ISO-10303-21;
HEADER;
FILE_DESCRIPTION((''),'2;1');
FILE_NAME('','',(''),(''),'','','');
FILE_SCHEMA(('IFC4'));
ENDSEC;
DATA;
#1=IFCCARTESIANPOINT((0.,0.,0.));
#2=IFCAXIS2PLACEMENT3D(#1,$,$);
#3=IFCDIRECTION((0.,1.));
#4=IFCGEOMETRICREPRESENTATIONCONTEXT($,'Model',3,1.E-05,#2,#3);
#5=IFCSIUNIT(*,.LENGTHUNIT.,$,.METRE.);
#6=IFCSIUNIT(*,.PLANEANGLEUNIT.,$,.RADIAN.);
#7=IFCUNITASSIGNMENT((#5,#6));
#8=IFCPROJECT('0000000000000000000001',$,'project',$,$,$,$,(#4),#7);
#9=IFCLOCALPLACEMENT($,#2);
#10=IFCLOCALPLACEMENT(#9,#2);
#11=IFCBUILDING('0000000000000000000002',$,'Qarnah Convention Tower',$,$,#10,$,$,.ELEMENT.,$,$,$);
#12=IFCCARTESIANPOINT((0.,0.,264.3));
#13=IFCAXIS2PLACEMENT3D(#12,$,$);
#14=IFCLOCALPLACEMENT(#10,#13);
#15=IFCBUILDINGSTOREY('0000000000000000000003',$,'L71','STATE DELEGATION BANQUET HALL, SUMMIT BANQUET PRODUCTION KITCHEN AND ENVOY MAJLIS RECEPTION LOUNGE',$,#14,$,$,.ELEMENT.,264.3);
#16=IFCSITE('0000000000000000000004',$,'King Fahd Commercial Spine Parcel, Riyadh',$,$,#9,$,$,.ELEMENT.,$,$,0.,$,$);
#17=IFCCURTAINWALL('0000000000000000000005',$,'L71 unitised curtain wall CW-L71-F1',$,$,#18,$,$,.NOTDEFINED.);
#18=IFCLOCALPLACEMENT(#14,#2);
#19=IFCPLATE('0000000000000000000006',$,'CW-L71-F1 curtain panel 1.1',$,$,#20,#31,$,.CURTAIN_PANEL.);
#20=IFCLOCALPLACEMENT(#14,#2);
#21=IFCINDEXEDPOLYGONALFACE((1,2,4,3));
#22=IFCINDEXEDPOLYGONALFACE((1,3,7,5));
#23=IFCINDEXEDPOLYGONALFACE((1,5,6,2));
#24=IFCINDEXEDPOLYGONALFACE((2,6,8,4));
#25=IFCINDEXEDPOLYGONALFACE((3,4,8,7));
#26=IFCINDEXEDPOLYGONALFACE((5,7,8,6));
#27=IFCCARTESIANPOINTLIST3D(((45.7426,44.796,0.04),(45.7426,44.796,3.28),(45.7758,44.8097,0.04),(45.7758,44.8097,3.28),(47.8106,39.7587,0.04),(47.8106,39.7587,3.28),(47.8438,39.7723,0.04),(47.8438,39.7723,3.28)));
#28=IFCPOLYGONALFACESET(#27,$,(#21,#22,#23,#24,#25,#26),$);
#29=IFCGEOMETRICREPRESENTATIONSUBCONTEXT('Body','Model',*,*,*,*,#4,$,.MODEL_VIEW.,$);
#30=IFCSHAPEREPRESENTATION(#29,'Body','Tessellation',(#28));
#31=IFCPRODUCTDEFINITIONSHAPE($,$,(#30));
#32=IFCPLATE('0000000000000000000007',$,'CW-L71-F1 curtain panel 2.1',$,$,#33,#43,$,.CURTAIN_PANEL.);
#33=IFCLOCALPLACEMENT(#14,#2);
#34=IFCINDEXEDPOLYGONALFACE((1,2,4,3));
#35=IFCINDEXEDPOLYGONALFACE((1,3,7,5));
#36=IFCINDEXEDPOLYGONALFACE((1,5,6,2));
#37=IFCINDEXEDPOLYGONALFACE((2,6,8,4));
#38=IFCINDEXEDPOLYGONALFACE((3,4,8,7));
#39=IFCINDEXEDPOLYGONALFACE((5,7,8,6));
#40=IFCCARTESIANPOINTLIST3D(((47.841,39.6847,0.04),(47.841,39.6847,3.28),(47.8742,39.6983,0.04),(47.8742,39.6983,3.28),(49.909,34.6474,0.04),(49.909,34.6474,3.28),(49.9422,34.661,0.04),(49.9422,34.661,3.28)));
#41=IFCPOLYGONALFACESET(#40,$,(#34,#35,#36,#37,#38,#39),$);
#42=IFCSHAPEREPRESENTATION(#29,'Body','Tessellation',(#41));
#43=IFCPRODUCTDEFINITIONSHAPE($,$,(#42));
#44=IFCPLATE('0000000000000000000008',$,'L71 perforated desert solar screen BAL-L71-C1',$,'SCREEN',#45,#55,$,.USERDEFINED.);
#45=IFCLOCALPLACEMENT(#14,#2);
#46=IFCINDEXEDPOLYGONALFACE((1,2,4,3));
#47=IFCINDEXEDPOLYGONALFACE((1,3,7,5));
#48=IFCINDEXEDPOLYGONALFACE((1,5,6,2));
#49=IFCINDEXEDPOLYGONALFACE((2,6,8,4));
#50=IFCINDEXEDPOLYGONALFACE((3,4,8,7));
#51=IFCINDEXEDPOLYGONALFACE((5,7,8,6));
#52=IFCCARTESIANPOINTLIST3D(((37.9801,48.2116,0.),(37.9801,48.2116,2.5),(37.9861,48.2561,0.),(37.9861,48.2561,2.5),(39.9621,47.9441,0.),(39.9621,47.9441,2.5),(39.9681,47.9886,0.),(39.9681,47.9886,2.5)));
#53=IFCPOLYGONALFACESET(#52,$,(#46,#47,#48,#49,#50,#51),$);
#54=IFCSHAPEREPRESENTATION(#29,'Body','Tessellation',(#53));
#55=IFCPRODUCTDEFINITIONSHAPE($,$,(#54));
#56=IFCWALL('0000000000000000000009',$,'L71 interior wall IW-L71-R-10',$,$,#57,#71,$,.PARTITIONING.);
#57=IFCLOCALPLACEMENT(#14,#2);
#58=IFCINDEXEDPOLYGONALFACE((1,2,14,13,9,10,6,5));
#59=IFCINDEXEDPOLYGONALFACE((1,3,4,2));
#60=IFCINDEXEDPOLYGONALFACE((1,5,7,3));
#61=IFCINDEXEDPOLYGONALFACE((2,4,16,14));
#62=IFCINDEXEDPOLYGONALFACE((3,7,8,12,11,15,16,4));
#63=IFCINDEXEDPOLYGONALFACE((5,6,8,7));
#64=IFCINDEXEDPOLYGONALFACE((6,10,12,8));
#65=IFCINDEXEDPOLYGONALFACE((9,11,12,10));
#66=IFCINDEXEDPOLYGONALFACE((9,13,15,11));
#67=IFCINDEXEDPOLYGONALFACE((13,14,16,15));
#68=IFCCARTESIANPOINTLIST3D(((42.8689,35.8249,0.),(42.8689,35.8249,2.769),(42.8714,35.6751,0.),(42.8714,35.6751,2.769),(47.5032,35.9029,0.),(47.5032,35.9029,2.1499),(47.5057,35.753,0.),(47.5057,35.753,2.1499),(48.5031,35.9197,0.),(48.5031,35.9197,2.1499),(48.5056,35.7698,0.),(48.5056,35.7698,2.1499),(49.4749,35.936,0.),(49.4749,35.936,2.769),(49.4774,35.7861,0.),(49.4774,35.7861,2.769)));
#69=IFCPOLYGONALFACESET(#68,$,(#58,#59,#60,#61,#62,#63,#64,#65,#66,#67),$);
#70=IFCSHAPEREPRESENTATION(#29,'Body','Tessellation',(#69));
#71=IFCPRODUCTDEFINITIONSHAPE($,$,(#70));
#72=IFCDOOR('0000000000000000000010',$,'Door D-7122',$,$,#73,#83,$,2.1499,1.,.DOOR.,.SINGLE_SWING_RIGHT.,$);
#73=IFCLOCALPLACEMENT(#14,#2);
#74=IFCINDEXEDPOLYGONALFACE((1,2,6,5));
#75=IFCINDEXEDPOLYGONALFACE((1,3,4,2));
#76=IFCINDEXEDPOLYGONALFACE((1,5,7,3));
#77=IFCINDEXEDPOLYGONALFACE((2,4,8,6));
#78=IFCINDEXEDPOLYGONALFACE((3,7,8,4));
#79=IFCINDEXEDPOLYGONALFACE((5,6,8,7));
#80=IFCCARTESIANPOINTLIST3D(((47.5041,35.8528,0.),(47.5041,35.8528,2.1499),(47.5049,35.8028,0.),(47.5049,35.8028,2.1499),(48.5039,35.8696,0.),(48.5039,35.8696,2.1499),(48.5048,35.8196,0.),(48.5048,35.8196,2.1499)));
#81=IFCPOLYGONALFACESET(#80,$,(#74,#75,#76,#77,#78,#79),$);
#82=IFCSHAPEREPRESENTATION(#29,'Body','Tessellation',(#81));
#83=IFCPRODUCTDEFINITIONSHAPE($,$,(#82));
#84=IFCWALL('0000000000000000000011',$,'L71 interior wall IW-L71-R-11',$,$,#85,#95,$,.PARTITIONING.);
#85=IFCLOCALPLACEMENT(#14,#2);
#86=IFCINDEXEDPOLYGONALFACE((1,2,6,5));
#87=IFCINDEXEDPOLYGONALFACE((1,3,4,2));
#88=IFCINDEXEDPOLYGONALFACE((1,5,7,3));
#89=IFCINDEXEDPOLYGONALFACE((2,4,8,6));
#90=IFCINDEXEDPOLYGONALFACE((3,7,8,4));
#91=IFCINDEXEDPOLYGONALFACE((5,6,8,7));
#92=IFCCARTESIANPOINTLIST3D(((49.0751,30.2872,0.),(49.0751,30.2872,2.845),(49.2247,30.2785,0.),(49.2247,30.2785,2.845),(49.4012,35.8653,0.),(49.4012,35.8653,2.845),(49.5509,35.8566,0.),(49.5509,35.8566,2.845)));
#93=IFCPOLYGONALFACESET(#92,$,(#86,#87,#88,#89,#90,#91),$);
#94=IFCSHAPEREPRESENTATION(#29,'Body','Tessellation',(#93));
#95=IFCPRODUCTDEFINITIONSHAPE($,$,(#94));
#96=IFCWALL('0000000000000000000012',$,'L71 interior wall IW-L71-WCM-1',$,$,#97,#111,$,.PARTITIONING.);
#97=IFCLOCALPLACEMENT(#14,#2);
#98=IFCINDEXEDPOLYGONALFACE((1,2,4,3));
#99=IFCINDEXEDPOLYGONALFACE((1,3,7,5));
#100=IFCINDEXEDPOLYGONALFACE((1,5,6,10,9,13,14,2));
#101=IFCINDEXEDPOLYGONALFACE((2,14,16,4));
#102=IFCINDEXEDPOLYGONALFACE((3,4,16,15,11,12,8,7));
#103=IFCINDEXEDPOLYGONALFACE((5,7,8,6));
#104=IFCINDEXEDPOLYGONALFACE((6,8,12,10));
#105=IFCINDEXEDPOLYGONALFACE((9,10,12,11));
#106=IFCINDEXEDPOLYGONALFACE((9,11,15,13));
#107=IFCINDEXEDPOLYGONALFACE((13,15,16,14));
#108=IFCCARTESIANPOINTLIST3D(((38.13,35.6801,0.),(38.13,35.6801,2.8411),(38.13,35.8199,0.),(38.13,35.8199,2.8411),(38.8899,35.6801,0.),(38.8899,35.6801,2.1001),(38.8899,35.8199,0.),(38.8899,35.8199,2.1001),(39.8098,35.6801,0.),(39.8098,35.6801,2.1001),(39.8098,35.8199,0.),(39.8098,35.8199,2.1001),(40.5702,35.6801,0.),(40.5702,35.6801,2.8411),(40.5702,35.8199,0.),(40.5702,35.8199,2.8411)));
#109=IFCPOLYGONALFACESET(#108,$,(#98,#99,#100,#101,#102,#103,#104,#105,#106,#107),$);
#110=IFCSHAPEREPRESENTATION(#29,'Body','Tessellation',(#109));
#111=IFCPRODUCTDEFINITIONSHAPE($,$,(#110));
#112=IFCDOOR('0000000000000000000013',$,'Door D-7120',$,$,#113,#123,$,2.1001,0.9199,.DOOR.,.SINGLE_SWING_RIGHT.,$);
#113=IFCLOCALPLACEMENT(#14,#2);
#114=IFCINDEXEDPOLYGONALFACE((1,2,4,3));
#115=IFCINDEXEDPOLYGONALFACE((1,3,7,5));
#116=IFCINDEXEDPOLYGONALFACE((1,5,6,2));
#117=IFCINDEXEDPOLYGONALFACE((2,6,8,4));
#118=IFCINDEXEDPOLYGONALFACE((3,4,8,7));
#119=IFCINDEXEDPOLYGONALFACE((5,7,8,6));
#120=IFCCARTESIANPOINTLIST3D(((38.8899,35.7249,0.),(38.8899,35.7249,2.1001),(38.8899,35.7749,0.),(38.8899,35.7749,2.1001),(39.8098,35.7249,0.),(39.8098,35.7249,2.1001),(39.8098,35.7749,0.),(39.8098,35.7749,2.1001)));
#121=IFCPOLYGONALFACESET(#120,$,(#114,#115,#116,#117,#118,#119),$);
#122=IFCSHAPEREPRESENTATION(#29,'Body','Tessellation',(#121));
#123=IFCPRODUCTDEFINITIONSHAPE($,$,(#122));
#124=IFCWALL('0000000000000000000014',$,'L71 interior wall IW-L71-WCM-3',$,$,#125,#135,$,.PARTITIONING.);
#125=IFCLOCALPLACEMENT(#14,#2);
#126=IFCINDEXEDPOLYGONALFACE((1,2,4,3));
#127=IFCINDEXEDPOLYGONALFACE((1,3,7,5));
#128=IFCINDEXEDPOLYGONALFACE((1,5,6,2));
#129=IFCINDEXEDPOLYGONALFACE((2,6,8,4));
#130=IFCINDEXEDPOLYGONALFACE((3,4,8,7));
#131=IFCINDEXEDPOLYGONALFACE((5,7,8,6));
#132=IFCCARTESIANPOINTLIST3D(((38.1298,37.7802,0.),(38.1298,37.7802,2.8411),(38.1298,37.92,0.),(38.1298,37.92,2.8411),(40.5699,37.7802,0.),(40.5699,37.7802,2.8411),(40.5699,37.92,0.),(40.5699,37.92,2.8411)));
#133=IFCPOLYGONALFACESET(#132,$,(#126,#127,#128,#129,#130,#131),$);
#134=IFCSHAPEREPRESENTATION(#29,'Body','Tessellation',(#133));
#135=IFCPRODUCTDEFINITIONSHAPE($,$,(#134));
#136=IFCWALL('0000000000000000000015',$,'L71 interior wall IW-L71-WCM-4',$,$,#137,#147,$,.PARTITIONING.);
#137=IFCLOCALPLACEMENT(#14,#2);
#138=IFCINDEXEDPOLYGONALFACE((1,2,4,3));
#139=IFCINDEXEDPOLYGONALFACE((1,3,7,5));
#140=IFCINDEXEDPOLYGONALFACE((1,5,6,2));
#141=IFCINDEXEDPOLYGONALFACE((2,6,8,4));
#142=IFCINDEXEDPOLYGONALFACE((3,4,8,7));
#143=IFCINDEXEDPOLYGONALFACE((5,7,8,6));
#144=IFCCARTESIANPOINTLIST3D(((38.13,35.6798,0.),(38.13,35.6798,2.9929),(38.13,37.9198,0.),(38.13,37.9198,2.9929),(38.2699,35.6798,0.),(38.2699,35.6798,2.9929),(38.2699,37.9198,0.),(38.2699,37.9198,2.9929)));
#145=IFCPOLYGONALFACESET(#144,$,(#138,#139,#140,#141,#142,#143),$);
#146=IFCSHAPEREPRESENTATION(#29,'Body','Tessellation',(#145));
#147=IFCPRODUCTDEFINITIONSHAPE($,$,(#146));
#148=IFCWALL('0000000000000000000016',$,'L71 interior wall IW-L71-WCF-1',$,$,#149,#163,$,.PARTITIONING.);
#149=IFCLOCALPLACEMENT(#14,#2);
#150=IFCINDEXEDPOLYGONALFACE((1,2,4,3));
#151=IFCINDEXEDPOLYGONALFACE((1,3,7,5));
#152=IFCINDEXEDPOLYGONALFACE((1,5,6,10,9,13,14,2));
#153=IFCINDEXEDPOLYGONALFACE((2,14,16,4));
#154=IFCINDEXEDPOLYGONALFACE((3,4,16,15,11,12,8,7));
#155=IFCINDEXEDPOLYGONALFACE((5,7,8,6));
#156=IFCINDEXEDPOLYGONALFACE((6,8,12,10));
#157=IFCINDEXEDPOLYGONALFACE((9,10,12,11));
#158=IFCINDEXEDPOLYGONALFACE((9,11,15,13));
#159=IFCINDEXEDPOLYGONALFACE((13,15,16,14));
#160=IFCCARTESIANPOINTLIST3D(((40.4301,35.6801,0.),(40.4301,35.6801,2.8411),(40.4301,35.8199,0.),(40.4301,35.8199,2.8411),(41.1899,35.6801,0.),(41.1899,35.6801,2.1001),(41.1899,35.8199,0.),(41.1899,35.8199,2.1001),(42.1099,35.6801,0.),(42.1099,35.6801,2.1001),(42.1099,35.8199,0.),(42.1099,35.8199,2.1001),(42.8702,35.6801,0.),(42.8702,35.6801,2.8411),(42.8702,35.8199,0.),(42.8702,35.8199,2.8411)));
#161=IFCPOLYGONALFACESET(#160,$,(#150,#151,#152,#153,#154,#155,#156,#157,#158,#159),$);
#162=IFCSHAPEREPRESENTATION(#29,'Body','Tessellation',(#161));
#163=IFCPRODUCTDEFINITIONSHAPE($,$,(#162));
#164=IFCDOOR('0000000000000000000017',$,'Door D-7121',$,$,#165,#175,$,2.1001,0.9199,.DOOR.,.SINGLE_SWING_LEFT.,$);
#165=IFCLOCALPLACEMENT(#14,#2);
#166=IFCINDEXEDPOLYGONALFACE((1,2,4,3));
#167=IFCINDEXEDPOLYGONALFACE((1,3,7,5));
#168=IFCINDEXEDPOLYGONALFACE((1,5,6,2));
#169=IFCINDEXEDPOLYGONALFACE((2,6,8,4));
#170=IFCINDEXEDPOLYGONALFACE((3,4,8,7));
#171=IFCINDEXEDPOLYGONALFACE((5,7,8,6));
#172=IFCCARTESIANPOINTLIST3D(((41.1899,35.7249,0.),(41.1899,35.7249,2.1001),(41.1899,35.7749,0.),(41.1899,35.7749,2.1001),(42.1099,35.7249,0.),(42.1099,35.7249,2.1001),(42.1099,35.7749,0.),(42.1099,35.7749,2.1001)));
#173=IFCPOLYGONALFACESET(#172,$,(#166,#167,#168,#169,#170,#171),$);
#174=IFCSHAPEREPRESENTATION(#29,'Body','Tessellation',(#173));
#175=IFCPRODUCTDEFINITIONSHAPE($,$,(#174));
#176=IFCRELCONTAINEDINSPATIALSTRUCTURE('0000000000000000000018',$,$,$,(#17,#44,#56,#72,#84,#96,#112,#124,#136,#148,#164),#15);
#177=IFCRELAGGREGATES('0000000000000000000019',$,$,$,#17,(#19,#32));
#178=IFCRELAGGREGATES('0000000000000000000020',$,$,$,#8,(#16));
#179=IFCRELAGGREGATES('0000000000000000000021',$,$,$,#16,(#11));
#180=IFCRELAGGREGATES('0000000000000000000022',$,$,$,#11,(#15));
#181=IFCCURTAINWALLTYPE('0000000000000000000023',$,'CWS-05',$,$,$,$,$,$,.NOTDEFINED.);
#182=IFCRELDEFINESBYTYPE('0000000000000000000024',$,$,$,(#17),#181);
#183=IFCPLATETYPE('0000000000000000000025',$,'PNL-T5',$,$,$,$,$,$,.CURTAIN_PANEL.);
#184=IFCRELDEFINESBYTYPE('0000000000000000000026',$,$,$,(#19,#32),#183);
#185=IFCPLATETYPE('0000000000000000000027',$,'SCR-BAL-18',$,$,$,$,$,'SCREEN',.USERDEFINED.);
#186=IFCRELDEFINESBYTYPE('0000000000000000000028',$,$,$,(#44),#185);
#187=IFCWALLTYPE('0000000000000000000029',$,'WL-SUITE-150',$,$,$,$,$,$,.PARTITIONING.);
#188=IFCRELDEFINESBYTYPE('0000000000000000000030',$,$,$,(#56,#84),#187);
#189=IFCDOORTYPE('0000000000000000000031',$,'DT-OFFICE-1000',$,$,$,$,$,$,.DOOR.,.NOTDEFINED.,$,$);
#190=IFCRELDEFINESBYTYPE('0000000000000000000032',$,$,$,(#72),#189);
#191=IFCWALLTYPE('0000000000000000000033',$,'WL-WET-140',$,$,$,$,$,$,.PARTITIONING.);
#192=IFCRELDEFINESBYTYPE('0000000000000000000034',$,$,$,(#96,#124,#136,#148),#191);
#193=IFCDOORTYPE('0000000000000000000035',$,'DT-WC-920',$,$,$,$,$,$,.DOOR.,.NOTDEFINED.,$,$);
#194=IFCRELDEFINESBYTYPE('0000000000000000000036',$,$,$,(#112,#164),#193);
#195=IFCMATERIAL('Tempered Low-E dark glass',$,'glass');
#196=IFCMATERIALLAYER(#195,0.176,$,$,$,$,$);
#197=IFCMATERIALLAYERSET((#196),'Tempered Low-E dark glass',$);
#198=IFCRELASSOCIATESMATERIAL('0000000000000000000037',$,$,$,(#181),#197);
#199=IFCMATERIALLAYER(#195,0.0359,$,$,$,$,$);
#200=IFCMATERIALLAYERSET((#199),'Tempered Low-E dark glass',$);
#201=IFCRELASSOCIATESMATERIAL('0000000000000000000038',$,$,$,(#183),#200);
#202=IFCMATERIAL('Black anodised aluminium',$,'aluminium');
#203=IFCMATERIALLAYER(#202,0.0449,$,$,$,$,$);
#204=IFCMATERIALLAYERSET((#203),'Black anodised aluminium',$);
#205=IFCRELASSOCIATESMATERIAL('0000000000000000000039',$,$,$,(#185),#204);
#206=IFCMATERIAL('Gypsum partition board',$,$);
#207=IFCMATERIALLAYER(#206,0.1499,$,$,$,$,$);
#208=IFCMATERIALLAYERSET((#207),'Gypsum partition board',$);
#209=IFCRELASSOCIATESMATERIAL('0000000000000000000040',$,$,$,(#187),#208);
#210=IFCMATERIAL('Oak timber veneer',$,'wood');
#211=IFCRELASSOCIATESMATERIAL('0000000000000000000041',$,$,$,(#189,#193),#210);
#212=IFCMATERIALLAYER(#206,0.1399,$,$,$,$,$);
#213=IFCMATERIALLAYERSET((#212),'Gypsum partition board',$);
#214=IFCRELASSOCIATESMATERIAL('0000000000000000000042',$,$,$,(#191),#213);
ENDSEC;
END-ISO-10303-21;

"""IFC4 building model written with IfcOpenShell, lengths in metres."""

from ifc_helpers import new_model, si_unit, direction, frame, frame_2d, origin, origin_2d, place, context, subcontext, project, spatial, rectangle, extrude, material, layer, layer_set, type_object, element, fill, aggregate, save


model = new_model("IFC4")

# Units and contexts
model_context = context("Model", 3, precision=1e-05, world=origin(), true_north=direction((0.0, 1.0)))
body_context = subcontext(model_context, "Body", "Model", "MODEL_VIEW")
ifc_project = project(units=[si_unit("LENGTHUNIT", "METRE"), si_unit("PLANEANGLEUNIT", "RADIAN")], contexts=[model_context])

# Site, building, storey
site_placement = place(None, origin())
site = spatial("IfcSite", under=ifc_project, at=site_placement, Name="King Fahd Commercial Spine Parcel, Riyadh", CompositionType="ELEMENT", RefElevation=0.0)
building_placement = place(site_placement, origin())
building = spatial("IfcBuilding", under=site, at=building_placement, Name="Qarnah Convention Tower", CompositionType="ELEMENT")
storey_placement = place(building_placement, frame((0.0, 0.0, 264.3)))
storey = spatial("IfcBuildingStorey", under=building, at=storey_placement, Name="L71", Description="STATE DELEGATION BANQUET HALL, SUMMIT BANQUET PRODUCTION KITCHEN AND ENVOY MAJLIS RECEPTION LOUNGE", CompositionType="ELEMENT", Elevation=264.3)

# Curtain wall, plates
ifc_material_1 = material(Name="Tempered Low-E dark glass", Category="glass")
ifc_layer_1 = layer(ifc_material_1, 0.176)
ifc_layer_set_1 = layer_set([ifc_layer_1], Name="Tempered Low-E dark glass")
curtain_wall_type = type_object("IfcCurtainWallType", Name="CWS-05", PredefinedType="NOTDEFINED", material=ifc_layer_set_1)
curtain_wall_placement = place(storey_placement, origin())
curtain_wall = element("IfcCurtainWall", 1, at=curtain_wall_placement, inside=storey, type_object=curtain_wall_type, Name="L71 unitised curtain wall CW-L71-F1", PredefinedType="NOTDEFINED")
ifc_material_2 = material(Name="Black anodised aluminium", Category="aluminium")
ifc_layer_2 = layer(ifc_material_1, 0.0359)
ifc_layer_set_2 = layer_set([ifc_layer_2], Name="Tempered Low-E dark glass")
plate_type_1 = type_object("IfcPlateType", Name="PNL-T5", PredefinedType="CURTAIN_PANEL", material=ifc_layer_set_2)
plate_1_placement = place(storey_placement, frame((46.7932, 42.2842, 0.04), z_axis=(0.0, 0.0, 1.0), x_axis=(0.379776, -0.925079, 0.0)))
plate_1 = element("IfcPlate", 2, at=plate_1_placement, type_object=plate_type_1, Name="CW-L71-F1 curtain panel 1.1", PredefinedType="CURTAIN_PANEL", context=body_context, shape_type="SweptSolid", body=[
    extrude(rectangle(XDim=5.4453, YDim=0.0359, at=origin_2d()), origin(), (0.0, 0.0, 1.0), 3.24),
])
plate_2_placement = place(storey_placement, frame((48.8916, 37.1729, 0.04), z_axis=(0.0, 0.0, 1.0), x_axis=(0.379776, -0.925079, 0.0)))
plate_2 = element("IfcPlate", 3, at=plate_2_placement, type_object=plate_type_1, Name="CW-L71-F1 curtain panel 2.1", PredefinedType="CURTAIN_PANEL", context=body_context, shape_type="SweptSolid", body=[
    extrude(rectangle(XDim=5.4453, YDim=0.0359, at=origin_2d()), origin(), (0.0, 0.0, 1.0), 3.24),
])
aggregate(curtain_wall, [plate_1, plate_2])

# Plate
ifc_layer_3 = layer(ifc_material_2, 0.0449)
ifc_layer_set_3 = layer_set([ifc_layer_3], Name="Black anodised aluminium")
plate_type_2 = type_object("IfcPlateType", Name="SCR-BAL-18", ElementType="SCREEN", PredefinedType="USERDEFINED", material=ifc_layer_set_3)
plate_3_placement = place(storey_placement, frame((38.9741, 48.1001, 0.0), z_axis=(0.0, 0.0, 1.0), x_axis=(0.991015, -0.133753, 0.0)))
element("IfcPlate", 4, at=plate_3_placement, inside=storey, type_object=plate_type_2, Name="L71 perforated desert solar screen BAL-L71-C1", ObjectType="SCREEN", PredefinedType="USERDEFINED", context=body_context, shape_type="SweptSolid", body=[
    extrude(rectangle(XDim=2.0, YDim=0.0449, at=origin_2d()), origin(), (0.0, 0.0, 1.0), 2.5),
])

# Wall, opening, door
ifc_material_3 = material(Name="Gypsum partition board")
ifc_layer_4 = layer(ifc_material_3, 0.1499)
ifc_layer_set_4 = layer_set([ifc_layer_4], Name="Gypsum partition board")
wall_type_1 = type_object("IfcWallType", Name="WL-SUITE-150", PredefinedType="PARTITIONING", material=ifc_layer_set_4)
wall_1_placement = place(storey_placement, frame((42.8701, 35.75, 0.0), z_axis=(0.0, 0.0, 1.0), x_axis=(0.999859, 0.016813, 0.0)))
wall_1 = element("IfcWall", 5, at=wall_1_placement, inside=storey, type_object=wall_type_1, Name="L71 interior wall IW-L71-R-10", PredefinedType="PARTITIONING", context=body_context, shape_type="SweptSolid", body=[
    extrude(rectangle(XDim=6.6069, YDim=0.1499, at=frame_2d((3.3035, 0.0))), origin(), (0.0, 0.0, 1.0), 2.769),
])
opening_1_placement = place(wall_1_placement, frame((4.635, 0.0, 0.0)))
opening_1 = element("IfcOpeningElement", 6, at=opening_1_placement, cuts=wall_1, PredefinedType="OPENING", context=body_context, shape_type="SweptSolid", body=[
    extrude(rectangle(XDim=1.0, YDim=2.1499, at=frame_2d((0.5, 1.075))), frame((0.0, 0.085, 0.0), z_axis=(0.0, -1.0, 0.0), x_axis=(1.0, 0.0, 0.0)), (0.0, 0.0, 1.0), 0.1699),
])
ifc_material_4 = material(Name="Oak timber veneer", Category="wood")
door_type_1 = type_object("IfcDoorType", Name="DT-OFFICE-1000", OperationType="NOTDEFINED", PredefinedType="DOOR", material=ifc_material_4)
door_1_placement = place(opening_1_placement, origin())
door_1 = element("IfcDoor", 7, at=door_1_placement, inside=storey, type_object=door_type_1, Name="Door D-7122", OperationType="SINGLE_SWING_RIGHT", OverallHeight=2.1499, OverallWidth=1.0, PredefinedType="DOOR", context=body_context, shape_type="SweptSolid", body=[
    extrude(rectangle(XDim=1.0, YDim=2.1499, at=frame_2d((0.5, 1.075))), frame((0.0, 0.0249, 0.0), z_axis=(0.0, -1.0, 0.0), x_axis=(1.0, 0.0, 0.0)), (0.0, 0.0, 1.0), 0.05),
])
fill(opening_1, door_1)

# Wall
wall_2_placement = place(storey_placement, frame((49.4761, 35.8611, 0.0), z_axis=(0.0, 0.0, 1.0), x_axis=(-0.058374, -0.998295, 0.0)))
element("IfcWall", 8, at=wall_2_placement, inside=storey, type_object=wall_type_1, Name="L71 interior wall IW-L71-R-11", PredefinedType="PARTITIONING", context=body_context, shape_type="SweptSolid", body=[
    extrude(rectangle(XDim=5.5876, YDim=0.1499, at=frame_2d((2.7939, 0.0))), origin(), (0.0, 0.0, 1.0), 2.845),
])

# Wall, opening, door
ifc_layer_5 = layer(ifc_material_3, 0.1399)
ifc_layer_set_5 = layer_set([ifc_layer_5], Name="Gypsum partition board")
wall_type_2 = type_object("IfcWallType", Name="WL-WET-140", PredefinedType="PARTITIONING", material=ifc_layer_set_5)
wall_3_placement = place(storey_placement, frame((38.1299, 35.75, 0.0), z_axis=(0.0, 0.0, 1.0), x_axis=(1.0, 0.0, 0.0)))
wall_3 = element("IfcWall", 9, at=wall_3_placement, inside=storey, type_object=wall_type_2, Name="L71 interior wall IW-L71-WCM-1", PredefinedType="PARTITIONING", context=body_context, shape_type="SweptSolid", body=[
    extrude(rectangle(XDim=2.4402, YDim=0.1399, at=frame_2d((1.2202, 0.0))), origin(), (0.0, 0.0, 1.0), 2.8411),
])
opening_2_placement = place(wall_3_placement, frame((0.76, 0.0, 0.0)))
opening_2 = element("IfcOpeningElement", 10, at=opening_2_placement, cuts=wall_3, PredefinedType="OPENING", context=body_context, shape_type="SweptSolid", body=[
    extrude(rectangle(XDim=0.9199, YDim=2.1001, at=frame_2d((0.46, 1.05))), frame((0.0, 0.0798, 0.0), z_axis=(0.0, -1.0, 0.0), x_axis=(1.0, 0.0, 0.0)), (0.0, 0.0, 1.0), 0.1599),
])
door_type_2 = type_object("IfcDoorType", Name="DT-WC-920", OperationType="NOTDEFINED", PredefinedType="DOOR", material=ifc_material_4)
door_2_placement = place(opening_2_placement, origin())
door_2 = element("IfcDoor", 11, at=door_2_placement, inside=storey, type_object=door_type_2, Name="Door D-7120", OperationType="SINGLE_SWING_RIGHT", OverallHeight=2.1001, OverallWidth=0.9199, PredefinedType="DOOR", context=body_context, shape_type="SweptSolid", body=[
    extrude(rectangle(XDim=0.9199, YDim=2.1001, at=frame_2d((0.46, 1.05))), frame((0.0, 0.0249, 0.0), z_axis=(0.0, -1.0, 0.0), x_axis=(1.0, 0.0, 0.0)), (0.0, 0.0, 1.0), 0.05),
])
fill(opening_2, door_2)

# Walls
wall_4_placement = place(storey_placement, frame((40.5701, 37.8501, 0.0), z_axis=(0.0, 0.0, 1.0), x_axis=(-1.0, 0.0, 0.0)))
element("IfcWall", 12, at=wall_4_placement, inside=storey, type_object=wall_type_2, Name="L71 interior wall IW-L71-WCM-3", PredefinedType="PARTITIONING", context=body_context, shape_type="SweptSolid", body=[
    extrude(rectangle(XDim=2.4402, YDim=0.1399, at=frame_2d((1.2202, 0.0))), origin(), (0.0, 0.0, 1.0), 2.8411),
])
wall_5_placement = place(storey_placement, frame((38.2, 37.9199, 0.0), z_axis=(0.0, 0.0, 1.0), x_axis=(0.0, -1.0, 0.0)))
element("IfcWall", 13, at=wall_5_placement, inside=storey, type_object=wall_type_2, Name="L71 interior wall IW-L71-WCM-4", PredefinedType="PARTITIONING", context=body_context, shape_type="SweptSolid", body=[
    extrude(rectangle(XDim=2.24, YDim=0.1399, at=frame_2d((1.1201, 0.0))), origin(), (0.0, 0.0, 1.0), 2.9929),
])

# Wall, opening, door
wall_6_placement = place(storey_placement, frame((40.4299, 35.75, 0.0), z_axis=(0.0, 0.0, 1.0), x_axis=(1.0, 0.0, 0.0)))
wall_6 = element("IfcWall", 14, at=wall_6_placement, inside=storey, type_object=wall_type_2, Name="L71 interior wall IW-L71-WCF-1", PredefinedType="PARTITIONING", context=body_context, shape_type="SweptSolid", body=[
    extrude(rectangle(XDim=2.4402, YDim=0.1399, at=frame_2d((1.2202, 0.0))), origin(), (0.0, 0.0, 1.0), 2.8411),
])
opening_3_placement = place(wall_6_placement, frame((0.76, 0.0, 0.0)))
opening_3 = element("IfcOpeningElement", 15, at=opening_3_placement, cuts=wall_6, PredefinedType="OPENING", context=body_context, shape_type="SweptSolid", body=[
    extrude(rectangle(XDim=0.9199, YDim=2.1001, at=frame_2d((0.46, 1.05))), frame((0.0, 0.0798, 0.0), z_axis=(0.0, -1.0, 0.0), x_axis=(1.0, 0.0, 0.0)), (0.0, 0.0, 1.0), 0.1599),
])
door_3_placement = place(opening_3_placement, origin())
door_3 = element("IfcDoor", 16, at=door_3_placement, inside=storey, type_object=door_type_2, Name="Door D-7121", OperationType="SINGLE_SWING_LEFT", OverallHeight=2.1001, OverallWidth=0.9199, PredefinedType="DOOR", context=body_context, shape_type="SweptSolid", body=[
    extrude(rectangle(XDim=0.9199, YDim=2.1001, at=frame_2d((0.46, 1.05))), frame((0.0, 0.0249, 0.0), z_axis=(0.0, -1.0, 0.0), x_axis=(1.0, 0.0, 0.0)), (0.0, 0.0, 1.0), 0.05),
])
fill(opening_3, door_3)

save(model, "model.ifc")
